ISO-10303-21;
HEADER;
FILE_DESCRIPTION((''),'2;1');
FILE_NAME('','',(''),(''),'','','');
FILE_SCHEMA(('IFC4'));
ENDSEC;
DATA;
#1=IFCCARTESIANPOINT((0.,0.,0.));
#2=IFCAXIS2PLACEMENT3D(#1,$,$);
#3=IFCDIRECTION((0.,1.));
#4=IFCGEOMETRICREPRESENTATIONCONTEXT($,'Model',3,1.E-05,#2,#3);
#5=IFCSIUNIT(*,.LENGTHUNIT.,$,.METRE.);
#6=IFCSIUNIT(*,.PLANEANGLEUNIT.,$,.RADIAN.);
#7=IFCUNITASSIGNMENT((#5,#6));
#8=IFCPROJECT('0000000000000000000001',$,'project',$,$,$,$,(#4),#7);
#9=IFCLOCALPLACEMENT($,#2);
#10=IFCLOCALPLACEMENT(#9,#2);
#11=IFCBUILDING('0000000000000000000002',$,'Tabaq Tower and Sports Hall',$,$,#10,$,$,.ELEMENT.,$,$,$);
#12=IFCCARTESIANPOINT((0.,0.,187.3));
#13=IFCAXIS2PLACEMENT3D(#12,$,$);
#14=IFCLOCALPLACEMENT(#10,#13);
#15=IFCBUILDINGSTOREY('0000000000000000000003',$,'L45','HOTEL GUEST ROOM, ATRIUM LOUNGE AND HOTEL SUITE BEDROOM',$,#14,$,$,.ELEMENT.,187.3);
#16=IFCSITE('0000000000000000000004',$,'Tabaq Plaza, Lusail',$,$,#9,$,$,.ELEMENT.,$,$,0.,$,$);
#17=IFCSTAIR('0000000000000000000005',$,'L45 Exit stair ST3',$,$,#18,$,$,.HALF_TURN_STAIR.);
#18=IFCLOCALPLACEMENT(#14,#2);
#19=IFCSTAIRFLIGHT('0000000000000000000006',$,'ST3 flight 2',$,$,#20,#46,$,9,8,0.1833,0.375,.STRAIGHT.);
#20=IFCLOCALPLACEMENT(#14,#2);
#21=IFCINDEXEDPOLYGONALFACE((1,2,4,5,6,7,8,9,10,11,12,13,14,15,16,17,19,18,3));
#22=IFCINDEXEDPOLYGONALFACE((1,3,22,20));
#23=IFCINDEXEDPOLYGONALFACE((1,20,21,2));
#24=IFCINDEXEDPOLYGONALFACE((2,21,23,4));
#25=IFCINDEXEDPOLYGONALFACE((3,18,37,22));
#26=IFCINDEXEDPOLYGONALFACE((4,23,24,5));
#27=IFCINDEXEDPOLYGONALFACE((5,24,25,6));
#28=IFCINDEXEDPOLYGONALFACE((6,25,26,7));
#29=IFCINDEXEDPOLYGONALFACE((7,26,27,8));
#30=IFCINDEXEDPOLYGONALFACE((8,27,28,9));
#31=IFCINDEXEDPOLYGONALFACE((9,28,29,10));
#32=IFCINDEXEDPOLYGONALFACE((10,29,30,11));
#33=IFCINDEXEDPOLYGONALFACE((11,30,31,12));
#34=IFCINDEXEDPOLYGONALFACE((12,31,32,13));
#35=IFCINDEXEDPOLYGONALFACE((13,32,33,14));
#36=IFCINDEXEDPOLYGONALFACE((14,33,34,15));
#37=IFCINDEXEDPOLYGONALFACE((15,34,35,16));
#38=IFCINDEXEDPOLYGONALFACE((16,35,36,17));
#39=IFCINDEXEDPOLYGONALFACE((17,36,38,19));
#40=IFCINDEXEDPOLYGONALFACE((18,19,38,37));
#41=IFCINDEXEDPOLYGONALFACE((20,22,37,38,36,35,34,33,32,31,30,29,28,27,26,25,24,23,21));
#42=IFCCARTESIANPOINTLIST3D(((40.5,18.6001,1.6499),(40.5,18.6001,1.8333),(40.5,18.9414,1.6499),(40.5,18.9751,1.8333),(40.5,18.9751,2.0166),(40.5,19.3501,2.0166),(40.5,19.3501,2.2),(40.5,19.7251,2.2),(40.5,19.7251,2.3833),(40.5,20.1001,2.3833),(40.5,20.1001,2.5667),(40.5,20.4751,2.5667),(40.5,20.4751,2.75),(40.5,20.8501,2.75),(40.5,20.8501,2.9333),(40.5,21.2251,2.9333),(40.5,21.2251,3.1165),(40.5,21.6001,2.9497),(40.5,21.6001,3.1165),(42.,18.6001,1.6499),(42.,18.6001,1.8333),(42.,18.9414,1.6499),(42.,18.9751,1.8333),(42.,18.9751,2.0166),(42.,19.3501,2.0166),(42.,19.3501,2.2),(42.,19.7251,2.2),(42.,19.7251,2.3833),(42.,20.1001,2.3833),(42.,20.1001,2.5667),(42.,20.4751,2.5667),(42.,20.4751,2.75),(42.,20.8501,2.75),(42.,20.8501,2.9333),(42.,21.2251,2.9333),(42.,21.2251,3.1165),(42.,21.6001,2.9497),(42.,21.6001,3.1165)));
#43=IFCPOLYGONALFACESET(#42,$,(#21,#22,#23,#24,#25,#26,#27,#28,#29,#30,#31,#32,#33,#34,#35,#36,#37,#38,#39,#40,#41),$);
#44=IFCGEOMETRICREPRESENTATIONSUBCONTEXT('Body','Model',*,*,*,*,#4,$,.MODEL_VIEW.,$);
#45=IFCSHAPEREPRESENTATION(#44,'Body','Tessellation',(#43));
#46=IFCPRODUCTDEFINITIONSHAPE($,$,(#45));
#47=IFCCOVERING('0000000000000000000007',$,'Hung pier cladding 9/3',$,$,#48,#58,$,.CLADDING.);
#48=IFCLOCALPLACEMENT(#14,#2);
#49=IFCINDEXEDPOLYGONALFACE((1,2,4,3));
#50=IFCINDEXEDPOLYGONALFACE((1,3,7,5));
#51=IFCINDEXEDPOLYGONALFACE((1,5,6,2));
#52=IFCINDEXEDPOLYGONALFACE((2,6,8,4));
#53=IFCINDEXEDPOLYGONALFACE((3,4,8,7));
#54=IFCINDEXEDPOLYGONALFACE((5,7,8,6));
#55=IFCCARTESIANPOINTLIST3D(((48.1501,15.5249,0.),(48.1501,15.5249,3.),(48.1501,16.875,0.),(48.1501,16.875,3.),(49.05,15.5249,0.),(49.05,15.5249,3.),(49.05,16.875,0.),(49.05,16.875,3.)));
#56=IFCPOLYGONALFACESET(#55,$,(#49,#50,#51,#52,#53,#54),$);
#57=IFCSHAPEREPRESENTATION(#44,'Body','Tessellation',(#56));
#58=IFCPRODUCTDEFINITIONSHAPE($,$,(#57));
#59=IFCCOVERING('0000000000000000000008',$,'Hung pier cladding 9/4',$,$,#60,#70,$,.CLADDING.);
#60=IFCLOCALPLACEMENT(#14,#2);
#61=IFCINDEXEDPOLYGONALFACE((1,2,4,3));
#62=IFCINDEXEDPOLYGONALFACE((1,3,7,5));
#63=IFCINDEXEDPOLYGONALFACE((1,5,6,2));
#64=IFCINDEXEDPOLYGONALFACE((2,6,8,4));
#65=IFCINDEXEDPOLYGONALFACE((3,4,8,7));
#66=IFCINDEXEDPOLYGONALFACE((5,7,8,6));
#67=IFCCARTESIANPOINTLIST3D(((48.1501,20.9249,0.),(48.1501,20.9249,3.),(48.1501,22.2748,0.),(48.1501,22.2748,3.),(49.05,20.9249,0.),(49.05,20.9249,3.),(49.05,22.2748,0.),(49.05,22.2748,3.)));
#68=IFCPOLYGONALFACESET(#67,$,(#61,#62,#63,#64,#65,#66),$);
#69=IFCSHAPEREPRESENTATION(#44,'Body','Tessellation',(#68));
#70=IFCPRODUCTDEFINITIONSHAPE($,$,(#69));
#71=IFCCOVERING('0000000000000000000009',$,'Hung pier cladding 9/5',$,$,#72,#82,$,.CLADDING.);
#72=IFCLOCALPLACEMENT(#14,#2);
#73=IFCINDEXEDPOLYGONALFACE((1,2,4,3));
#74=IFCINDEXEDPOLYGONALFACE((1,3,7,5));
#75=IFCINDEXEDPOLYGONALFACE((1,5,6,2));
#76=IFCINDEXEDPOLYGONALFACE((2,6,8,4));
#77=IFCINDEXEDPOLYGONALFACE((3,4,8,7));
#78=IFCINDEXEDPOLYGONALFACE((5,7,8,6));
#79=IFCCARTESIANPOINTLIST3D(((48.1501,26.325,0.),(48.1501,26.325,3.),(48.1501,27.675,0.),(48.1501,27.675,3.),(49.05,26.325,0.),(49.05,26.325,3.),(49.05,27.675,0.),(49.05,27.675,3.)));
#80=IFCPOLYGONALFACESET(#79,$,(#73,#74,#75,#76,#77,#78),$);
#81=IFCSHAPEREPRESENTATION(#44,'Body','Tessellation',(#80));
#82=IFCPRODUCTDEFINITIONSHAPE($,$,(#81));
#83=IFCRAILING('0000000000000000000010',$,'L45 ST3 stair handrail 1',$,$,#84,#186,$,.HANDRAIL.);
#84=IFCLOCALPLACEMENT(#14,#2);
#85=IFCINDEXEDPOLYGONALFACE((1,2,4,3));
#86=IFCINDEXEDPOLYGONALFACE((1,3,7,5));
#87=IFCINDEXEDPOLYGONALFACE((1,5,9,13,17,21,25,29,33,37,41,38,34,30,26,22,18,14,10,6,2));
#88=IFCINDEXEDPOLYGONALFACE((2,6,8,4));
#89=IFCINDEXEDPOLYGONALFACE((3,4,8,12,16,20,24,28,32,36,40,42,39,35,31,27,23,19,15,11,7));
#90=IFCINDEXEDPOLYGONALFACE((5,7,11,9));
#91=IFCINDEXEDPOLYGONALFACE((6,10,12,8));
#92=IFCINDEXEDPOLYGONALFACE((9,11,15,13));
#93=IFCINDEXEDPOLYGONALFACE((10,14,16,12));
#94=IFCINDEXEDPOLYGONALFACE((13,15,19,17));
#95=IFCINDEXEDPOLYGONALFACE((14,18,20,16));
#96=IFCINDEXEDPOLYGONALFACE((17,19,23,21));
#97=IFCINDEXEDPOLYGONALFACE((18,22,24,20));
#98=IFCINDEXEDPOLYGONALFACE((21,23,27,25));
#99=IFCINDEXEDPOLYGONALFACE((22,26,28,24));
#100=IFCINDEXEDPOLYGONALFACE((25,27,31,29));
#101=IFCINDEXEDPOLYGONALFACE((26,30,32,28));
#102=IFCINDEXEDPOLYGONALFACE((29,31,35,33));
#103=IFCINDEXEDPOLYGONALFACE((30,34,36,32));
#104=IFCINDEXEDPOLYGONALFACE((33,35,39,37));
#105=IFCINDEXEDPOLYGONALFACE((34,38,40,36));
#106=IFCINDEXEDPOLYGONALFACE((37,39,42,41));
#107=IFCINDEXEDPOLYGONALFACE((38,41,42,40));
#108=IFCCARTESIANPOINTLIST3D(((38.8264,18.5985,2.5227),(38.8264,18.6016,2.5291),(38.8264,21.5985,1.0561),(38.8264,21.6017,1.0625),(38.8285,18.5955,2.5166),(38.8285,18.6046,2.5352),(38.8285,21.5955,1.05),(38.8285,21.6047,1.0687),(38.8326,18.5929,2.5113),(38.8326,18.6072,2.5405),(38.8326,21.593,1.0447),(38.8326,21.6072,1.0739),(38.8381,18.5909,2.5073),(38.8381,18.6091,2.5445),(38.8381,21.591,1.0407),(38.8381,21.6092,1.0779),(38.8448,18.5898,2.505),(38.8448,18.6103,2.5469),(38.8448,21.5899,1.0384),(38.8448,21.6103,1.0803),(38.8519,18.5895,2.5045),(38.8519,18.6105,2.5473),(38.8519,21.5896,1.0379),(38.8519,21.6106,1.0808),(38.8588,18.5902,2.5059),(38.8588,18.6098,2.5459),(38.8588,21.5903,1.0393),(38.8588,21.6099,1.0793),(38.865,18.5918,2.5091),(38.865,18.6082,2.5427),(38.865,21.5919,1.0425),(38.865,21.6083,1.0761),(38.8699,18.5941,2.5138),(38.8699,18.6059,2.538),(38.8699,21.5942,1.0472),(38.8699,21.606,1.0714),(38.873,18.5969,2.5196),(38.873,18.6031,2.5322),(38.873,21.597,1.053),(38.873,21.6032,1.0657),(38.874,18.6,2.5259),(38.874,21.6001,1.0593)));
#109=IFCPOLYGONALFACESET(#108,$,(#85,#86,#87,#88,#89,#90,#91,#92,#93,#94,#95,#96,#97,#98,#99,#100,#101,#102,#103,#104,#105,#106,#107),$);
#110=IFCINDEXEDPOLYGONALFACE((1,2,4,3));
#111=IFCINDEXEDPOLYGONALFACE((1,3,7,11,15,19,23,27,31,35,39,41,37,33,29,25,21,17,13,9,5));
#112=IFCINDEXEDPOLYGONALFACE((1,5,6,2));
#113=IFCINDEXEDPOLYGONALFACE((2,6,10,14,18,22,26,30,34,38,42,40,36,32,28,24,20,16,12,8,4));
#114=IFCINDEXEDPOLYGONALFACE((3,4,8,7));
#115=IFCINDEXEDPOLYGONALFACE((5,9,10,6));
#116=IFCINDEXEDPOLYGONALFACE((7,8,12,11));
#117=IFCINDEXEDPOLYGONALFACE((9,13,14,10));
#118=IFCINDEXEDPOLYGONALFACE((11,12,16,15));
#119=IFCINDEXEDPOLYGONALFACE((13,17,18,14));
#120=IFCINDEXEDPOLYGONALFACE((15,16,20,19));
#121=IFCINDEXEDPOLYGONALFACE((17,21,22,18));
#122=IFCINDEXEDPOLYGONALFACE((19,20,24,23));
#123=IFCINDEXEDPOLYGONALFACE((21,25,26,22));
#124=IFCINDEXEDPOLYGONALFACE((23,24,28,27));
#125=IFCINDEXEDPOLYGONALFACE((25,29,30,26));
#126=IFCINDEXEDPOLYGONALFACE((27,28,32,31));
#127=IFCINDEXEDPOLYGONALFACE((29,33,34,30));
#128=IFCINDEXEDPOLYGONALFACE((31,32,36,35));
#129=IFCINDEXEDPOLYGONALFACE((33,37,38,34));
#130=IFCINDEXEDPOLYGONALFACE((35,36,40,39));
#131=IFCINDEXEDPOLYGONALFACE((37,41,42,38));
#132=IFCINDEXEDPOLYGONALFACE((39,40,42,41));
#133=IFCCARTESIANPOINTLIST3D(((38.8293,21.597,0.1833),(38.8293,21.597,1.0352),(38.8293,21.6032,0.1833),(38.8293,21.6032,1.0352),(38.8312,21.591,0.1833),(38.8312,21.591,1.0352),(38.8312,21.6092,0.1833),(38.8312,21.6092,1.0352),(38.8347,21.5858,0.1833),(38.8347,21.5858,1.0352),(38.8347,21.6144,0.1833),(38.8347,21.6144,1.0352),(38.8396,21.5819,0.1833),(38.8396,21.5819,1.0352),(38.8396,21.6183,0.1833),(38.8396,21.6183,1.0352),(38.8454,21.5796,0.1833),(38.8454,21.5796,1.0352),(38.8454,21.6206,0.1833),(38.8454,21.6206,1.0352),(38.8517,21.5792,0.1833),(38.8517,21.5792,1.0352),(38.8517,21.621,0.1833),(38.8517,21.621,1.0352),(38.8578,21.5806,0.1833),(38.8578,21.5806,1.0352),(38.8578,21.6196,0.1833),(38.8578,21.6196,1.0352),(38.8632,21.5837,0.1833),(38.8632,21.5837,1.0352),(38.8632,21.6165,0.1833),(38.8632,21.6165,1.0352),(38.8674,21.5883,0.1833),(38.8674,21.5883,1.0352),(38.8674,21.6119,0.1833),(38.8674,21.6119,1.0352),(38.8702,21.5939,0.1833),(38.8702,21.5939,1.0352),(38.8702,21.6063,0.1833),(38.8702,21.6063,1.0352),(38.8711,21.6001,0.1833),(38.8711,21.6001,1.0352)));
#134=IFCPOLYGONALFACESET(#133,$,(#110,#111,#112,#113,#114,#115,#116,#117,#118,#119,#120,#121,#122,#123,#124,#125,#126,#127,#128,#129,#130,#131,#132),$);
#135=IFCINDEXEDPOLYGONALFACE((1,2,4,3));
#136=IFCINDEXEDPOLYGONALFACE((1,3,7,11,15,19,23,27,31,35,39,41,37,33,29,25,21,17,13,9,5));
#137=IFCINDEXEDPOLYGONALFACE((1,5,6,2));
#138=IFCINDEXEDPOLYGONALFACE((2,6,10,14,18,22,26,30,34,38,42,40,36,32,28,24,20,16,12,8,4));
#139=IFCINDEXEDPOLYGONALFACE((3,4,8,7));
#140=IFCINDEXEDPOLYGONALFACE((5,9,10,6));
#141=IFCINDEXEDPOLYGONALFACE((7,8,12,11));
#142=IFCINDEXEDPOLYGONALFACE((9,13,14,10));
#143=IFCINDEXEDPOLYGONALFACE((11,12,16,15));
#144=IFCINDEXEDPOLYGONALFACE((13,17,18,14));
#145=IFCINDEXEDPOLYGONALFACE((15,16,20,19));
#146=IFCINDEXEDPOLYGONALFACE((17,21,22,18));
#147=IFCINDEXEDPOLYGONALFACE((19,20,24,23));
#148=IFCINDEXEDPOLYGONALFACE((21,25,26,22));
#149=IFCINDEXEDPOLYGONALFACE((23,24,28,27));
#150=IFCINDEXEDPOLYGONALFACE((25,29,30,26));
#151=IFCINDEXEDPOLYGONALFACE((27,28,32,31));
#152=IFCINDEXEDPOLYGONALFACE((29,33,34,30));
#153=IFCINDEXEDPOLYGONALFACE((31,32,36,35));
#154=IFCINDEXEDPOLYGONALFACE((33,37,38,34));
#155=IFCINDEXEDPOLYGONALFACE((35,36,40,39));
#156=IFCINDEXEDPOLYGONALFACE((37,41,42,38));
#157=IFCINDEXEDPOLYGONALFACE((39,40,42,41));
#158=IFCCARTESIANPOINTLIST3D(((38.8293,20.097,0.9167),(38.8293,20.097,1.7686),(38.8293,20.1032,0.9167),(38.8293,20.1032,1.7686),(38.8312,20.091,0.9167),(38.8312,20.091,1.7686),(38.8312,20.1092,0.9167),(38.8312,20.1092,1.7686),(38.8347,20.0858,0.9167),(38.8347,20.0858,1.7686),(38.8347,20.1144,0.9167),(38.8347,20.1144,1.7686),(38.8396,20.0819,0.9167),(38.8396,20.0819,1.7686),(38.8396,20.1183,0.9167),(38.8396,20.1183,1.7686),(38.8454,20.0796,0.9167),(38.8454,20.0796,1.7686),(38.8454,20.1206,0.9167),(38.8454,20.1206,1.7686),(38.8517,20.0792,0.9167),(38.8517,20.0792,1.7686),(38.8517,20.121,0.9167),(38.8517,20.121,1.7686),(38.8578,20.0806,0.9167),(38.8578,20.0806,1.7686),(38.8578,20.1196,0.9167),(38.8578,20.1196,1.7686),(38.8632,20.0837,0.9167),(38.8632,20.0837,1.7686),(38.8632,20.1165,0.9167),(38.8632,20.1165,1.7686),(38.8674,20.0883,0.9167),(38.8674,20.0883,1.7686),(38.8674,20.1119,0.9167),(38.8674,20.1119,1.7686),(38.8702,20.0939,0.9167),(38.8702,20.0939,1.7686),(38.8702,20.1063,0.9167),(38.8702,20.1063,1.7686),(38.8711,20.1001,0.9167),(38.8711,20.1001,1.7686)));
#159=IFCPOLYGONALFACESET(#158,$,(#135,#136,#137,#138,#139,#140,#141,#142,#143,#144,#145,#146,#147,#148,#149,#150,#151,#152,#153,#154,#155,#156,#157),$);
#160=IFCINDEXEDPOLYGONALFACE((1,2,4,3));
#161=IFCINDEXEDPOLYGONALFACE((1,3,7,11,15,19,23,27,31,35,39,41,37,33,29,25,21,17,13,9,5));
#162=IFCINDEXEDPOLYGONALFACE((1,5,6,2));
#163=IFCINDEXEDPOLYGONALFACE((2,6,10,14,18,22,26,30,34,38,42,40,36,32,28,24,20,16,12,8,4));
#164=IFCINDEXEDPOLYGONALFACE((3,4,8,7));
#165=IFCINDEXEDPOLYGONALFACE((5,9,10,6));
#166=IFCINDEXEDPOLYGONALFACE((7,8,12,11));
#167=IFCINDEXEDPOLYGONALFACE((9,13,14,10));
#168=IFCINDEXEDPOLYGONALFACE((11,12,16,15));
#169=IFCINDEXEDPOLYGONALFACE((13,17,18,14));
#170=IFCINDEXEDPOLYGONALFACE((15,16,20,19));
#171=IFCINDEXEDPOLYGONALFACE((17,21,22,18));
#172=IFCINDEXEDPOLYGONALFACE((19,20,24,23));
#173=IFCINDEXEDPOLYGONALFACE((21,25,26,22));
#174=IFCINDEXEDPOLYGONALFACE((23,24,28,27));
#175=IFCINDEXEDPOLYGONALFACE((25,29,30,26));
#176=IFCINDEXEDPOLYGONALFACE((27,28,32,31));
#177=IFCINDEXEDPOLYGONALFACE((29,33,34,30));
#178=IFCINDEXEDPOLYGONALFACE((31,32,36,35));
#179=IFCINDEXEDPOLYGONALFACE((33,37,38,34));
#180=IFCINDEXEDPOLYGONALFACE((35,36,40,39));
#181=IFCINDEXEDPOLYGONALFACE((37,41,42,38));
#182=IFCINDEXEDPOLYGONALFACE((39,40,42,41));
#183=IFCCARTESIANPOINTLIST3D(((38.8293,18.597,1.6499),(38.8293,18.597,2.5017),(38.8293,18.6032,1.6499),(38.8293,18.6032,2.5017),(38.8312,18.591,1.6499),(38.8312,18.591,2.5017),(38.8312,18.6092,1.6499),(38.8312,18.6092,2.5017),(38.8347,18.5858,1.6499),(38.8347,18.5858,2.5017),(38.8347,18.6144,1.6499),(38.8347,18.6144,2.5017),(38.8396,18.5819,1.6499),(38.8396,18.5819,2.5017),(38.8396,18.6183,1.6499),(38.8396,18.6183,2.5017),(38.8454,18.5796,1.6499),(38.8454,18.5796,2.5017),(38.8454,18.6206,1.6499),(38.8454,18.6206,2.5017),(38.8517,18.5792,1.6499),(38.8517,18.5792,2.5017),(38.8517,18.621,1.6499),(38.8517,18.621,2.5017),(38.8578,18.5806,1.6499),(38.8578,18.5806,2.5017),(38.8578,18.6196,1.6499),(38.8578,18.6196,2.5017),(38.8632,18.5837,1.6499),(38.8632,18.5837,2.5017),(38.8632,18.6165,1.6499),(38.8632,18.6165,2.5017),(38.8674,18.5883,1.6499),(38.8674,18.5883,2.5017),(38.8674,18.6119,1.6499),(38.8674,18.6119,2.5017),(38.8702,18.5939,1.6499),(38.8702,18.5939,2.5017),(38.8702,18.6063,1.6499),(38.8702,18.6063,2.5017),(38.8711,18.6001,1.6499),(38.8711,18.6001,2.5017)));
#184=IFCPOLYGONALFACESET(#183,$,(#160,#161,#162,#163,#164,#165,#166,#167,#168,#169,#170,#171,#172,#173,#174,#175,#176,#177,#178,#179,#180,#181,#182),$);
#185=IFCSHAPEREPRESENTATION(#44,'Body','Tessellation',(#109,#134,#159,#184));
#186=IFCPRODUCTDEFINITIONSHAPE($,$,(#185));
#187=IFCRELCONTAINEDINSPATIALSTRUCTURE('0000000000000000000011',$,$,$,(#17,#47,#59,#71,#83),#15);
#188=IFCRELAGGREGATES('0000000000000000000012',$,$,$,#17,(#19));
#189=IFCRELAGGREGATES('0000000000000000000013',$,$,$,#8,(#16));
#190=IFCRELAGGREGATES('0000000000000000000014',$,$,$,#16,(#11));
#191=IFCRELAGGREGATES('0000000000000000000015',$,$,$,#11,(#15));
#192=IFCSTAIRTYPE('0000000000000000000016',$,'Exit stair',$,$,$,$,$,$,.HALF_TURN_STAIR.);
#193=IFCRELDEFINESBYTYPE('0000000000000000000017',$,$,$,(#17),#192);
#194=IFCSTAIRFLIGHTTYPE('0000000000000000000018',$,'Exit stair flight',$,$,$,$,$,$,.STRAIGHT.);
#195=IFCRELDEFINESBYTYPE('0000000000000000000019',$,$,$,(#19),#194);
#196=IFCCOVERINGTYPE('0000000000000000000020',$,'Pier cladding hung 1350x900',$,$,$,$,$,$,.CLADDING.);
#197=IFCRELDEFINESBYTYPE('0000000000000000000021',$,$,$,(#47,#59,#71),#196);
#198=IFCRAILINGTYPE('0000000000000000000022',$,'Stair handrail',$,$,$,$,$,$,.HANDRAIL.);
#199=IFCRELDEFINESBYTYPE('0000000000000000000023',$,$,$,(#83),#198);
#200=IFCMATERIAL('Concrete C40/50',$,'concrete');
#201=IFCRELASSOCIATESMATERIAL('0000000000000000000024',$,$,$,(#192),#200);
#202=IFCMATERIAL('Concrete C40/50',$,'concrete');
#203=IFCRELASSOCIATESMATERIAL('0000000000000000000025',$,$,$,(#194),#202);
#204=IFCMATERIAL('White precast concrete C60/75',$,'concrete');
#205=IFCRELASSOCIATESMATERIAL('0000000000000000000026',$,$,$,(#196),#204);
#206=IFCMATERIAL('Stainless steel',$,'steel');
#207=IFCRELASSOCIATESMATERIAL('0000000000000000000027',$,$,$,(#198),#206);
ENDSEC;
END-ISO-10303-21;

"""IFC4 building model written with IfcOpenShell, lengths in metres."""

from ifc_helpers import new_model, si_unit, direction, frame, frame_2d, origin, origin_2d, place, context, subcontext, project, spatial, polyline, rectangle, circle, outline, extrude, material, type_object, element, aggregate, save


model = new_model("IFC4")

# Units and contexts
model_context = context("Model", 3, precision=1e-05, world=origin(), true_north=direction((0.0, 1.0)))
body_context = subcontext(model_context, "Body", "Model", "MODEL_VIEW")
ifc_project = project(units=[si_unit("LENGTHUNIT", "METRE"), si_unit("PLANEANGLEUNIT", "RADIAN")], contexts=[model_context])

# Site, building, storey
site_placement = place(None, origin())
site = spatial("IfcSite", under=ifc_project, at=site_placement, Name="Tabaq Plaza, Lusail", CompositionType="ELEMENT", RefElevation=0.0)
building_placement = place(site_placement, origin())
building = spatial("IfcBuilding", under=site, at=building_placement, Name="Tabaq Tower and Sports Hall", CompositionType="ELEMENT")
storey_placement = place(building_placement, frame((0.0, 0.0, 187.3)))
storey = spatial("IfcBuildingStorey", under=building, at=storey_placement, Name="L45", Description="HOTEL GUEST ROOM, ATRIUM LOUNGE AND HOTEL SUITE BEDROOM", CompositionType="ELEMENT", Elevation=187.3)

# Stair, stair flight
ifc_material_1 = material(Name="Concrete C40/50", Category="concrete")
stair_type = type_object("IfcStairType", Name="Exit stair", PredefinedType="HALF_TURN_STAIR", material=ifc_material_1)
stair_placement = place(storey_placement, origin())
stair = element("IfcStair", 1, at=stair_placement, inside=storey, type_object=stair_type, Name="L45 Exit stair ST3", PredefinedType="HALF_TURN_STAIR")
ifc_material_2 = material(Name="Concrete C40/50", Category="concrete")
stair_flight_type = type_object("IfcStairFlightType", Name="Exit stair flight", PredefinedType="STRAIGHT", material=ifc_material_2)
stair_flight_1_placement = place(storey_placement, frame((41.25, 18.6001, 1.6499), z_axis=(0.0, 0.0, 1.0), x_axis=(0.0, 1.0, 0.0)))
stair_flight_1 = element("IfcStairFlight", 2, at=stair_flight_1_placement, type_object=stair_flight_type, Name="ST3 flight 2", NumberOfRisers=9, NumberOfTreads=8, PredefinedType="STRAIGHT", RiserHeight=0.1833, TreadLength=0.375, context=body_context, shape_type="SweptSolid", body=[
    extrude(outline(polyline([(0.0, 0.0), (0.0, 0.1833), (0.375, 0.1833), (0.375, 0.3667), (0.75, 0.3667), (0.75, 0.55), (1.125, 0.55), (1.125, 0.7334), (1.5, 0.7334), (1.5, 0.9167), (1.875, 0.9167), (1.875, 1.1001), (2.25, 1.1001), (2.25, 1.2834), (2.625, 1.2834), (2.625, 1.4666), (3.0, 1.4666), (3.0, 1.6499), (3.0, 1.2998), (0.3413, 0.0), (0.0, 0.0)])), frame((0.0, 0.75, 0.0), z_axis=(0.0, -1.0, 0.0), x_axis=(1.0, 0.0, 0.0)), (0.0, 0.0, 1.0), 1.5),
])
aggregate(stair, [stair_flight_1])

# Coverings
ifc_material_3 = material(Name="White precast concrete C60/75", Category="concrete")
covering_type_1 = type_object("IfcCoveringType", Name="Pier cladding hung 1350x900", PredefinedType="CLADDING", material=ifc_material_3)
covering_1_placement = place(storey_placement, frame((48.6001, 15.5249, 0.0), z_axis=(0.0, 0.0, 1.0), x_axis=(0.0, 1.0, 0.0)))
element("IfcCovering", 3, at=covering_1_placement, inside=storey, type_object=covering_type_1, Name="Hung pier cladding 9/3", PredefinedType="CLADDING", context=body_context, shape_type="SweptSolid", body=[
    extrude(rectangle(XDim=1.3501, YDim=0.8999, at=frame_2d((0.675, 0.0))), origin(), (0.0, 0.0, 1.0), 3.0),
])
covering_2_placement = place(storey_placement, frame((48.6001, 20.925, 0.0), z_axis=(0.0, 0.0, 1.0), x_axis=(0.0, 1.0, 0.0)))
element("IfcCovering", 4, at=covering_2_placement, inside=storey, type_object=covering_type_1, Name="Hung pier cladding 9/4", PredefinedType="CLADDING", context=body_context, shape_type="SweptSolid", body=[
    extrude(rectangle(XDim=1.3499, YDim=0.8999, at=frame_2d((0.6748, 0.0))), origin(), (0.0, 0.0, 1.0), 3.0),
])
covering_3_placement = place(storey_placement, frame((48.6001, 26.325, 0.0), z_axis=(0.0, 0.0, 1.0), x_axis=(0.0, 1.0, 0.0)))
element("IfcCovering", 5, at=covering_3_placement, inside=storey, type_object=covering_type_1, Name="Hung pier cladding 9/5", PredefinedType="CLADDING", context=body_context, shape_type="SweptSolid", body=[
    extrude(rectangle(XDim=1.3501, YDim=0.8999, at=frame_2d((0.675, 0.0))), origin(), (0.0, 0.0, 1.0), 3.0),
])

# Railing
ifc_material_4 = material(Name="Stainless steel", Category="steel")
railing_type_1 = type_object("IfcRailingType", Name="Stair handrail", PredefinedType="HANDRAIL", material=ifc_material_4)
railing_1_placement = place(storey_placement, frame((38.8501, 21.6001, 0.1833)))
element("IfcRailing", 6, at=railing_1_placement, inside=storey, type_object=railing_type_1, Name="L45 ST3 stair handrail 1", PredefinedType="HANDRAIL", context=body_context, shape_type="SweptSolid", body=[
    extrude(circle(Radius=0.0239, at=origin_2d()), frame((0.0, 0.0, 0.876), z_axis=(0.0, -0.898398, 0.439183), x_axis=(1.0, 0.0, 0.0)), (0.0, 0.0, 1.0), 3.3394),
    extrude(circle(Radius=0.021, at=origin_2d()), origin(), (0.0, 0.0, 1.0), 0.8518),
    extrude(circle(Radius=0.021, at=origin_2d()), frame((0.0, -1.5, 0.7334)), (0.0, 0.0, 1.0), 0.8518),
    extrude(circle(Radius=0.021, at=origin_2d()), frame((0.0, -3.0, 1.4666)), (0.0, 0.0, 1.0), 0.8518),
])

save(model, "model.ifc")
